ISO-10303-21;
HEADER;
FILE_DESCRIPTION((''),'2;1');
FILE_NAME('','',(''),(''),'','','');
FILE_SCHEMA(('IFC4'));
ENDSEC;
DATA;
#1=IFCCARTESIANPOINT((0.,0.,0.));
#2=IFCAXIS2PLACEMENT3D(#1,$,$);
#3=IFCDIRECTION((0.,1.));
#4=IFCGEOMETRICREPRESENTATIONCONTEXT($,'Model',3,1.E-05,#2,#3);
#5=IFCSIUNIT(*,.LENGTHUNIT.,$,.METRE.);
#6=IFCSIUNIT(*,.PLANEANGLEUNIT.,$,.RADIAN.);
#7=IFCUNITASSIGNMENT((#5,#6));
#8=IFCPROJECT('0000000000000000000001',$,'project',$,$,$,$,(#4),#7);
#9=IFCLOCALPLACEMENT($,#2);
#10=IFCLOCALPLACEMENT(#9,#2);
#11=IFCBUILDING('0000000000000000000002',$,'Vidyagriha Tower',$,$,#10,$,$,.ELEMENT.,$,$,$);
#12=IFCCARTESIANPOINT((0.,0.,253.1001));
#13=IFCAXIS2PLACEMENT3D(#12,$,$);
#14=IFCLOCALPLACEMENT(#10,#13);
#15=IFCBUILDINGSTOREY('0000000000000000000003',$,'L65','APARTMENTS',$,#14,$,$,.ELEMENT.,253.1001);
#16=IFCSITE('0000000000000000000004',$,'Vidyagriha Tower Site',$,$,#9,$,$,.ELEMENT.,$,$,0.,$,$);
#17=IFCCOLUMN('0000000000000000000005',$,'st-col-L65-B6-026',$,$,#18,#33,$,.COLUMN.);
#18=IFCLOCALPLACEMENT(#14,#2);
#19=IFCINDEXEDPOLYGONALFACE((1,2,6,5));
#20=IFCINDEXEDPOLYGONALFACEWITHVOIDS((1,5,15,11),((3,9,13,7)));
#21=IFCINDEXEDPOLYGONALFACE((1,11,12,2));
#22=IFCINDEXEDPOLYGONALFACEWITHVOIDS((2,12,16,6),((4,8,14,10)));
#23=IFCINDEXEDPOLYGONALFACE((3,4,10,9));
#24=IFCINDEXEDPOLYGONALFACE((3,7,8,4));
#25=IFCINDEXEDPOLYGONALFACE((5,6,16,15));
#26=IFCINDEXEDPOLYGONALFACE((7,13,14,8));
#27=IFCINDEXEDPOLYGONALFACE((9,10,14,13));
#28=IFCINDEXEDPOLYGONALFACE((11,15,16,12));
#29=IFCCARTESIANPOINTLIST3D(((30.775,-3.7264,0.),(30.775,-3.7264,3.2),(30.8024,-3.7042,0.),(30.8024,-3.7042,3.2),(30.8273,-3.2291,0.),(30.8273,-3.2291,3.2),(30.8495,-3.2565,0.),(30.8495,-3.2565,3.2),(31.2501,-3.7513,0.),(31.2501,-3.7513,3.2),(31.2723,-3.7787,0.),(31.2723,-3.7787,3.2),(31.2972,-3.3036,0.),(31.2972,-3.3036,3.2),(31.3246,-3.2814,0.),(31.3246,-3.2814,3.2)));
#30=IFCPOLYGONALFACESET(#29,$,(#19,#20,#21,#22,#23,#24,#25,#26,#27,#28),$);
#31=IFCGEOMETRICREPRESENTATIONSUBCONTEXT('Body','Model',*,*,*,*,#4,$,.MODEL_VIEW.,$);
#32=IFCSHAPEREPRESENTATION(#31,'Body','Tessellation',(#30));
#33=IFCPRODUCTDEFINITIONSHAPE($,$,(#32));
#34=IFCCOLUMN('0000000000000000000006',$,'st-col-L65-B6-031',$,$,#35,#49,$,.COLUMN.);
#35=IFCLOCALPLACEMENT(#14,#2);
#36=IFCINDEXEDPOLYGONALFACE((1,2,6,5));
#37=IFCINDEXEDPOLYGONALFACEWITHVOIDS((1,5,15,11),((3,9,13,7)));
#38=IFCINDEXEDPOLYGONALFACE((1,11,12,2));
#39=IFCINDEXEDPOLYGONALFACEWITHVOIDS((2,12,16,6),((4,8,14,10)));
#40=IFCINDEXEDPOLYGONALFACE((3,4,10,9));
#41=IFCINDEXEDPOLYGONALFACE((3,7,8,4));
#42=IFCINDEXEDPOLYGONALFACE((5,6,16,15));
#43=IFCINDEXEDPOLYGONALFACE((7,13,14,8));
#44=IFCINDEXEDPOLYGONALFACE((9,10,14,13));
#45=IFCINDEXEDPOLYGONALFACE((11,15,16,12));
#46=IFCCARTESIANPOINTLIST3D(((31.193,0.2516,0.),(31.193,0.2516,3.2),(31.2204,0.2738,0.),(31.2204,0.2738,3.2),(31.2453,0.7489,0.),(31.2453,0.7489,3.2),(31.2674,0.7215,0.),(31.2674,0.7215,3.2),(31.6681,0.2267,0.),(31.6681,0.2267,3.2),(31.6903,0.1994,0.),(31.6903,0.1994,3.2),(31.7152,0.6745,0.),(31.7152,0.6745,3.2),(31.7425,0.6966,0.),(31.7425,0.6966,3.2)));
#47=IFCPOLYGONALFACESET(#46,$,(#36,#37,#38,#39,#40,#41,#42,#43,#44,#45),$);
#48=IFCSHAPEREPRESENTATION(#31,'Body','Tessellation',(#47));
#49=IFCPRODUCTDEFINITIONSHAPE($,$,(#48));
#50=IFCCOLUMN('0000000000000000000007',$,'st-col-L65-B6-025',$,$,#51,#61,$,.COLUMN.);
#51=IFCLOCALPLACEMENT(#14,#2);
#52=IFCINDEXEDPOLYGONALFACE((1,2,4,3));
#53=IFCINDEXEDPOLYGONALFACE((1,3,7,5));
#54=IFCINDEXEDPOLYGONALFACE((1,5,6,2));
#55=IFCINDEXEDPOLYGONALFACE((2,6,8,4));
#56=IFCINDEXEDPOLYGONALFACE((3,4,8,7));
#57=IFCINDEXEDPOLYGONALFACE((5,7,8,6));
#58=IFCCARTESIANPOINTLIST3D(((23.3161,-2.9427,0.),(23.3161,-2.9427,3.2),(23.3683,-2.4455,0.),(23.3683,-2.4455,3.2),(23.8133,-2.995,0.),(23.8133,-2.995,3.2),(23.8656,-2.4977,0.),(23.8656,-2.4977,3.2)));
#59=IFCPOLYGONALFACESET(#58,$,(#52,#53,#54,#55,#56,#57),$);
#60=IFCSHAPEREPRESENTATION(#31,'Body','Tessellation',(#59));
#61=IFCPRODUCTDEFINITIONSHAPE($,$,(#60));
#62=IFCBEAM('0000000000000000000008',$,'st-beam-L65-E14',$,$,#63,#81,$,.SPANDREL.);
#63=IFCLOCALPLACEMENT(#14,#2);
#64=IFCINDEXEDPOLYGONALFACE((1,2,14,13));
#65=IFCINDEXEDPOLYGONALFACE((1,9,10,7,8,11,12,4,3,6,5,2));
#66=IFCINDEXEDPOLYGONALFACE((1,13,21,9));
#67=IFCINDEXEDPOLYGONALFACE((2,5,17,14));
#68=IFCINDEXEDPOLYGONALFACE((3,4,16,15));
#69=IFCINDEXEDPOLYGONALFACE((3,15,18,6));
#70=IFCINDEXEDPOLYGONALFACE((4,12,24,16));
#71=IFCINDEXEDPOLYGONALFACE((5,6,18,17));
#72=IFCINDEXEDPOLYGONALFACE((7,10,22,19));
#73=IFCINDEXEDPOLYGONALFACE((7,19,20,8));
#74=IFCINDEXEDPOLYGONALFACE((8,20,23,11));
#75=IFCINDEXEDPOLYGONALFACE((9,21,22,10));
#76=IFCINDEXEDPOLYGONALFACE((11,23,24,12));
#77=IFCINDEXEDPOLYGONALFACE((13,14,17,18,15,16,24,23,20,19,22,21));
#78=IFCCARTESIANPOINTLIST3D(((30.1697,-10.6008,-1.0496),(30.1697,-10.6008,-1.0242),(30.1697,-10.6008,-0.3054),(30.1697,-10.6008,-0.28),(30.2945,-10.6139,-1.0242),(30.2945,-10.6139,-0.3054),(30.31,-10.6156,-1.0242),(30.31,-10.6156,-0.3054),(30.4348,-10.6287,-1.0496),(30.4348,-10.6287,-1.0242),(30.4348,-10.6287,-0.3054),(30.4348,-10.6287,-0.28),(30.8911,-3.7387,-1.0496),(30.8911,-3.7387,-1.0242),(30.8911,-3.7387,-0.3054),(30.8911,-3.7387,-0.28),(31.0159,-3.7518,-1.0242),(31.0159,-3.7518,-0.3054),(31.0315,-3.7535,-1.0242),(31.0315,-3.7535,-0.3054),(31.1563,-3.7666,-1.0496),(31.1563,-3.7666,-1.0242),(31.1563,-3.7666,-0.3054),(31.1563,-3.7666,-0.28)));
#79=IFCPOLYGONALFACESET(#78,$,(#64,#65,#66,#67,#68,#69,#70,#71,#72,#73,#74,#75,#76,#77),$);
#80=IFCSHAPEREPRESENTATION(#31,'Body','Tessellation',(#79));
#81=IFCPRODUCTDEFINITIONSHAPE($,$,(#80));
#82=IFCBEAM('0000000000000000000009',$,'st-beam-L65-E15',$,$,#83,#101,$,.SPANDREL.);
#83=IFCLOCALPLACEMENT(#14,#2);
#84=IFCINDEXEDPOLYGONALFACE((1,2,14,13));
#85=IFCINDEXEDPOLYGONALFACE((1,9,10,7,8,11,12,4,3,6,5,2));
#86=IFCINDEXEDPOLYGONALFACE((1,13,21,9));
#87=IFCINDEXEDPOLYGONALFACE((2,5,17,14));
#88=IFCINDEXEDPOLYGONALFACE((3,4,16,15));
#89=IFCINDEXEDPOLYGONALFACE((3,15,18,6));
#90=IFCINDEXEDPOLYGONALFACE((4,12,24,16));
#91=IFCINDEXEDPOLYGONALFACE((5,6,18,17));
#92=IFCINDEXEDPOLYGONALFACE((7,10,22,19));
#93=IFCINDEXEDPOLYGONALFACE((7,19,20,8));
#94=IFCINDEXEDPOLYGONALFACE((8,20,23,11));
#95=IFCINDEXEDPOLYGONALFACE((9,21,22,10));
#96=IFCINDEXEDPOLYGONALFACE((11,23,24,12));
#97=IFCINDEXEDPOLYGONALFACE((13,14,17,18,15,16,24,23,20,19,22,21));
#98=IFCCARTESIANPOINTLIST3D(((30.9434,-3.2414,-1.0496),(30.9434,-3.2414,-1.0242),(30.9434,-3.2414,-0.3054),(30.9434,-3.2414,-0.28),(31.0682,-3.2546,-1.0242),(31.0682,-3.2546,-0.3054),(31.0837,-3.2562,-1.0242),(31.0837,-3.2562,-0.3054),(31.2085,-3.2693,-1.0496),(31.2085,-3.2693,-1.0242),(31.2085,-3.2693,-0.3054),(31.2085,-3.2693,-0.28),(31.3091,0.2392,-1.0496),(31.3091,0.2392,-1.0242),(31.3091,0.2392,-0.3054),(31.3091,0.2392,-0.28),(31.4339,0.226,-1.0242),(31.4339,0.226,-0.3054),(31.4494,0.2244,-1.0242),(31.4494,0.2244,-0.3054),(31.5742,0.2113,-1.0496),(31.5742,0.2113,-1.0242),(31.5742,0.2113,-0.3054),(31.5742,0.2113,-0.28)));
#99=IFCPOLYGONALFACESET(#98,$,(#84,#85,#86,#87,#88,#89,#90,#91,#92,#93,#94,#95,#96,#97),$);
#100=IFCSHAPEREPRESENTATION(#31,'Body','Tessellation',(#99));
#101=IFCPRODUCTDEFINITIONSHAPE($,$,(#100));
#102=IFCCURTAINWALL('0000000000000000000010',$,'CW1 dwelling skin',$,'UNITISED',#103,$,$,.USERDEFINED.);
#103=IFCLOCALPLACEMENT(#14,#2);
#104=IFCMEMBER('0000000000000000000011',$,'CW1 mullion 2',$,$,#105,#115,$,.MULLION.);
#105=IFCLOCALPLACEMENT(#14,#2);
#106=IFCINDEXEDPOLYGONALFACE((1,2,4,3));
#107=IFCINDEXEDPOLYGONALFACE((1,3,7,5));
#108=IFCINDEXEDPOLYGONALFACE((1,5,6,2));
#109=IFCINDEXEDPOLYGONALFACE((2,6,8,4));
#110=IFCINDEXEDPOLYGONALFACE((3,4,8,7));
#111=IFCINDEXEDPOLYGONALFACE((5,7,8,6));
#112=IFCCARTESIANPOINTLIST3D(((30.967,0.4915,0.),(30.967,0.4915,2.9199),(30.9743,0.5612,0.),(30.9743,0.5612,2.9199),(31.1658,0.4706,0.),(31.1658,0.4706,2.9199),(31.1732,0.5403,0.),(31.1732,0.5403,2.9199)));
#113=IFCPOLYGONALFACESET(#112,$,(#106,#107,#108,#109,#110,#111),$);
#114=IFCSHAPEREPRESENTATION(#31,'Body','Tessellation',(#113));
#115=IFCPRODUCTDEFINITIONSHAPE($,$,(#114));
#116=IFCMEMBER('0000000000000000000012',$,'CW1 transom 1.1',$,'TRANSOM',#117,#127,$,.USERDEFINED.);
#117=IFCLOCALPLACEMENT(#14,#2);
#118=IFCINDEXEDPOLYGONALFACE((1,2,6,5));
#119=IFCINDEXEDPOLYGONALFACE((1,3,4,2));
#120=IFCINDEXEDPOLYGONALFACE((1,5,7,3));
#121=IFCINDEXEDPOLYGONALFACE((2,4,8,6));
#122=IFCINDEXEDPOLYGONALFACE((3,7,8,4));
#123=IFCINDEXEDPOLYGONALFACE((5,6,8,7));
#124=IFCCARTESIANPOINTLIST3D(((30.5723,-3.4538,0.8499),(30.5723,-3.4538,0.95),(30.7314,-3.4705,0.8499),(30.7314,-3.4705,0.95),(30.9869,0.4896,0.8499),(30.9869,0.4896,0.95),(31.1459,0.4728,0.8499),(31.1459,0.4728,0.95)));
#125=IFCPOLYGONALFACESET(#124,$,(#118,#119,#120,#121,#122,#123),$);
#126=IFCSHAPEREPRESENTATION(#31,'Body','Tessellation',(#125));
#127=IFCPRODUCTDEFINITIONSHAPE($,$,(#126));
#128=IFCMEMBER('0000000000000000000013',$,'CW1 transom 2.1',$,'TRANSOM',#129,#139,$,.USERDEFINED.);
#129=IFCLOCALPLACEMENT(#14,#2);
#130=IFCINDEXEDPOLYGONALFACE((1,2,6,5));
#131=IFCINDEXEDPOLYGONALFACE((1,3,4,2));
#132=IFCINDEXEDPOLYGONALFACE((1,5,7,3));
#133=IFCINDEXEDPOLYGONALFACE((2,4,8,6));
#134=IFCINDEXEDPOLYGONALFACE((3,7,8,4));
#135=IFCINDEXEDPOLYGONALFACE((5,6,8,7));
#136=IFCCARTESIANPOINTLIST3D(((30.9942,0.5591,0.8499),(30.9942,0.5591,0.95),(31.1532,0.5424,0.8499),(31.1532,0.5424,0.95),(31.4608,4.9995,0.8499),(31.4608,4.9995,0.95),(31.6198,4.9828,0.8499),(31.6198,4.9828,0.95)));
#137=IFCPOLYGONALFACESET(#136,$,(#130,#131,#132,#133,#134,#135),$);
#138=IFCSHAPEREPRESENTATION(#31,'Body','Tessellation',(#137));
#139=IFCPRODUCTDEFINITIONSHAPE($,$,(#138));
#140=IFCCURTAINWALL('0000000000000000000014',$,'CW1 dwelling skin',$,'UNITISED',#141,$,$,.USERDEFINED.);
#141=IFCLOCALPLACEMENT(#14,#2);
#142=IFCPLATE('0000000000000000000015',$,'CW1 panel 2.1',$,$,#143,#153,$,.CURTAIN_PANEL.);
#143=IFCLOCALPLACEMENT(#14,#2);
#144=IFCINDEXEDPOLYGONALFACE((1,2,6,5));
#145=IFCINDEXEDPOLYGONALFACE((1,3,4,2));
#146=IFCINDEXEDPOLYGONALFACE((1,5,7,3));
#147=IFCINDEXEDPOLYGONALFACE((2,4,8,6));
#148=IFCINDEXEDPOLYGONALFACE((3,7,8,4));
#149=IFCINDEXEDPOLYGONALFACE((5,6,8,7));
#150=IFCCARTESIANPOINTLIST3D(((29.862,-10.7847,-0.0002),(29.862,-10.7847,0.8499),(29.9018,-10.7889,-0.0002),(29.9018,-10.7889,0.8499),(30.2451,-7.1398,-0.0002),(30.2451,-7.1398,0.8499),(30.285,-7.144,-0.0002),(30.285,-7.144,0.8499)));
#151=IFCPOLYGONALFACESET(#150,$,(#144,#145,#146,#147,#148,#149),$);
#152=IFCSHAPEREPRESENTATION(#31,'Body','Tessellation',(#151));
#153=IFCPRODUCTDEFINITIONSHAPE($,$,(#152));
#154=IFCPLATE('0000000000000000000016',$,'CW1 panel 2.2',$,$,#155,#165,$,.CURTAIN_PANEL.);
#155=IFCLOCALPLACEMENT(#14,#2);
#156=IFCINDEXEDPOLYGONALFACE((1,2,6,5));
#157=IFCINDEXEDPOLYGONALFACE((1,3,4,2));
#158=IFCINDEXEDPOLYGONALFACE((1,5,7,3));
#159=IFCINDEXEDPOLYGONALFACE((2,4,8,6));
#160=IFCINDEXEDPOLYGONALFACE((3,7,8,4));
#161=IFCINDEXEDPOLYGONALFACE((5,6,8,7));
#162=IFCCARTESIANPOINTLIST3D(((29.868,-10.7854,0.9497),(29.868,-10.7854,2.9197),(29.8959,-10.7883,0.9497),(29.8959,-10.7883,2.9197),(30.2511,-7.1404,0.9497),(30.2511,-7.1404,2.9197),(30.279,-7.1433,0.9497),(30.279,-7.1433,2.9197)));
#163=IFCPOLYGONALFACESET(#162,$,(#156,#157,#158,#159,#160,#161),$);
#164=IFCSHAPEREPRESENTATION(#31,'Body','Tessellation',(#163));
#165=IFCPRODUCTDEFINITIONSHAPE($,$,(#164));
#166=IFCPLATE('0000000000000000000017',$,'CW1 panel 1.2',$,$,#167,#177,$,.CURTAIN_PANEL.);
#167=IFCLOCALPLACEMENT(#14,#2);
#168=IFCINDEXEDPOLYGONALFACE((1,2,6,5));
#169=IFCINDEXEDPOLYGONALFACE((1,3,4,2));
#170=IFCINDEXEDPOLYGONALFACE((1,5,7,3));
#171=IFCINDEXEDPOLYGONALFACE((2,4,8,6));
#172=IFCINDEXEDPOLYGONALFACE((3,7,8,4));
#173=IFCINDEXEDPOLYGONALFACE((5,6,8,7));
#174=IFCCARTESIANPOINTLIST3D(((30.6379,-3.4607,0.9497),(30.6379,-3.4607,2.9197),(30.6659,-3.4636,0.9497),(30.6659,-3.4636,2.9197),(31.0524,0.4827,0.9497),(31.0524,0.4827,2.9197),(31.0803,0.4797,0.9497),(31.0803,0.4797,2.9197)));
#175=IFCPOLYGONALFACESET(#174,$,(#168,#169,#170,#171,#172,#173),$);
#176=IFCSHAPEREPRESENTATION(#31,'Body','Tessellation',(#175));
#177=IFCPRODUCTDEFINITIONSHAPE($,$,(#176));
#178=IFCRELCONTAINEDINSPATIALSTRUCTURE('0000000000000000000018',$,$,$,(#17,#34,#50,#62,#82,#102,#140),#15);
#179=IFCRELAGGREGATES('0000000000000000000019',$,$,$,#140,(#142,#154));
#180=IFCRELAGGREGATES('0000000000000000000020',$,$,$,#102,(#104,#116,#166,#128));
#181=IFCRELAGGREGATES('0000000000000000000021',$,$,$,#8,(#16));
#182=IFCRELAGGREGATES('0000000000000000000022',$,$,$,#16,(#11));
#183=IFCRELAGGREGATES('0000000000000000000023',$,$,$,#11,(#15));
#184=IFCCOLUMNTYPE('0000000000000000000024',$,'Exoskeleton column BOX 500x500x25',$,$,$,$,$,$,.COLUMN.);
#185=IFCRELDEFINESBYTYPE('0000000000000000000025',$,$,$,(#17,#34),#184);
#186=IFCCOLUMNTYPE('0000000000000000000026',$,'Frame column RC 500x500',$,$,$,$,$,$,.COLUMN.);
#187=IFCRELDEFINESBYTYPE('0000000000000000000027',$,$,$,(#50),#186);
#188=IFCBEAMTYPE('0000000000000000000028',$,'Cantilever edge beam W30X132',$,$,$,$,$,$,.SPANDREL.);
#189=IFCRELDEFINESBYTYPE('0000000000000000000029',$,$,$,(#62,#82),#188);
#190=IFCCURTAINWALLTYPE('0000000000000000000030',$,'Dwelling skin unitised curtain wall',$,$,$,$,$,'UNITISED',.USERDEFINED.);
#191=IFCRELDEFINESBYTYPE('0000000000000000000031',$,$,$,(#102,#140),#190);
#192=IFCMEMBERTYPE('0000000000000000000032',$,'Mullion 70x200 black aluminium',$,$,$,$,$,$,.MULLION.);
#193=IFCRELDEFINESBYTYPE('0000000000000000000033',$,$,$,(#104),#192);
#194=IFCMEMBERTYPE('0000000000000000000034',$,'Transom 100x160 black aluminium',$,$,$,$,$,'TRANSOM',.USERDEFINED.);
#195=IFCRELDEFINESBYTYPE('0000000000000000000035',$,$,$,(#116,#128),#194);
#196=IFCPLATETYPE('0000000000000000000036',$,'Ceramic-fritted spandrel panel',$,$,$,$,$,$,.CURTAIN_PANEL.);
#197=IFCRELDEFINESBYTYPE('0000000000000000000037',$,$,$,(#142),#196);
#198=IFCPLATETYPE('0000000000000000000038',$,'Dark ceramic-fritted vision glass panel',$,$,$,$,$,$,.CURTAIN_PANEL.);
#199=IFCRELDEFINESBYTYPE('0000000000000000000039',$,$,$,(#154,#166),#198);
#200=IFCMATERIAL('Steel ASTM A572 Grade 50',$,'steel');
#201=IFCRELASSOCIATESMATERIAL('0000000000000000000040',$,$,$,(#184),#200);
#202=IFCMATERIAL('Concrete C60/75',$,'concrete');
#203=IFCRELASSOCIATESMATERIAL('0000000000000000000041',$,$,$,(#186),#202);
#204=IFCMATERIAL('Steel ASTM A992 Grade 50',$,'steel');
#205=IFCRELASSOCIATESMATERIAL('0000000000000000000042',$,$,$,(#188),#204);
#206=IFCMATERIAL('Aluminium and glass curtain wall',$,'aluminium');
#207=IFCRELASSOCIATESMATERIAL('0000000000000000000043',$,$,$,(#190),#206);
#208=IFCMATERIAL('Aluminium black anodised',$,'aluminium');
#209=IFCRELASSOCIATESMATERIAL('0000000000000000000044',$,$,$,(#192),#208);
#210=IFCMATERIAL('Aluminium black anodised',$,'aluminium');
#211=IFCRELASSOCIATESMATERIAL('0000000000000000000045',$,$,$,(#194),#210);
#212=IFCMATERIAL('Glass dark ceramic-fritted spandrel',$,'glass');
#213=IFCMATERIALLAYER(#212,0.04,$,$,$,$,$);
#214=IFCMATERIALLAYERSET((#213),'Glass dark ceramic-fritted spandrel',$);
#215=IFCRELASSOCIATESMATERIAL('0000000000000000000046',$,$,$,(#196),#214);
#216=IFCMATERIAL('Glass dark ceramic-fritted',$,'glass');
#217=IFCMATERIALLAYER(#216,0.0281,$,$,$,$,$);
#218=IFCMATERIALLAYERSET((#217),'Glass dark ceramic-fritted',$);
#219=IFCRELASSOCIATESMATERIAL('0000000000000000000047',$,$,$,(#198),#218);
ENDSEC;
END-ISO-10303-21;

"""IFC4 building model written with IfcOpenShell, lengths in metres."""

from ifc_helpers import new_model, si_unit, direction, frame, origin, origin_2d, place, context, subcontext, project, spatial, rectangle, hollow_rectangle, i_section, extrude, material, layer, layer_set, material_profile, profile_set, type_object, element, aggregate, save


model = new_model("IFC4")

# Units and contexts
model_context = context("Model", 3, precision=1e-05, world=origin(), true_north=direction((0.0, 1.0)))
body_context = subcontext(model_context, "Body", "Model", "MODEL_VIEW")
ifc_project = project(units=[si_unit("LENGTHUNIT", "METRE"), si_unit("PLANEANGLEUNIT", "RADIAN")], contexts=[model_context])

# Site, building, storey
site_placement = place(None, origin())
site = spatial("IfcSite", under=ifc_project, at=site_placement, Name="Vidyagriha Tower Site", CompositionType="ELEMENT", RefElevation=0.0)
building_placement = place(site_placement, origin())
building = spatial("IfcBuilding", under=site, at=building_placement, Name="Vidyagriha Tower", CompositionType="ELEMENT")
storey_placement = place(building_placement, frame((0.0, 0.0, 253.1001)))
storey = spatial("IfcBuildingStorey", under=building, at=storey_placement, Name="L65", Description="APARTMENTS", CompositionType="ELEMENT", Elevation=253.1001)

# Columns
ifc_material_1 = material(Name="Steel ASTM A572 Grade 50", Category="steel")
ifc_material_profile_1 = material_profile(ifc_material_1, hollow_rectangle(XDim=0.5, YDim=0.5, WallThickness=0.0249, at=origin_2d()), Name="BOX 500x500x25")
ifc_profile_set_1 = profile_set([ifc_material_profile_1], Name="Steel ASTM A572 Grade 50")
column_type_1 = type_object("IfcColumnType", Name="Exoskeleton column BOX 500x500x25", PredefinedType="COLUMN", material=ifc_profile_set_1)
for number, where, z_axis, x_axis, name in (
    (1, (31.0498, -3.5039, 0.0), (0.0, 0.0, 1.0), (0.994522, -0.104528, 0.0), "st-col-L65-B6-026"),
    (2, (31.4678, 0.4741, 0.0), (0.0, 0.0, 1.0), (0.994522, -0.104528, 0.0), "st-col-L65-B6-031"),
):
    element("IfcColumn", number, at=place(storey_placement, frame(where, z_axis=z_axis, x_axis=x_axis)), inside=storey, type_object=column_type_1, Name=name, PredefinedType="COLUMN", context=body_context, shape_type="SweptSolid", body=[
        extrude(hollow_rectangle(XDim=0.5, YDim=0.5, WallThickness=0.0249, at=origin_2d()), origin(), (0.0, 0.0, 1.0), 3.2),
    ])
ifc_material_2 = material(Name="Concrete C60/75", Category="concrete")
ifc_material_profile_2 = material_profile(ifc_material_2, rectangle(XDim=0.5, YDim=0.5, at=origin_2d()), Name="RC 500x500")
ifc_profile_set_2 = profile_set([ifc_material_profile_2], Name="Concrete C60/75")
column_type_2 = type_object("IfcColumnType", Name="Frame column RC 500x500", PredefinedType="COLUMN", material=ifc_profile_set_2)
column_placement = place(storey_placement, frame((23.5908, -2.7202, 0.0), z_axis=(0.0, 0.0, 1.0), x_axis=(0.994522, -0.104528, 0.0)))
element("IfcColumn", 3, at=column_placement, inside=storey, type_object=column_type_2, Name="st-col-L65-B6-025", PredefinedType="COLUMN", context=body_context, shape_type="SweptSolid", body=[
    extrude(rectangle(XDim=0.5, YDim=0.5, at=origin_2d()), origin(), (0.0, 0.0, 1.0), 3.2),
])

# Beams
ifc_material_3 = material(Name="Steel ASTM A992 Grade 50", Category="steel")
ifc_material_profile_3 = material_profile(ifc_material_3, i_section(OverallWidth=0.2666, OverallDepth=0.7695, WebThickness=0.0156, FlangeThickness=0.0254, at=origin_2d()), Name="W30X132")
ifc_profile_set_3 = profile_set([ifc_material_profile_3], Name="Steel ASTM A992 Grade 50")
beam_type = type_object("IfcBeamType", Name="Cantilever edge beam W30X132", PredefinedType="SPANDREL", material=ifc_profile_set_3)
beam_1_placement = place(storey_placement, frame((30.3022, -10.6147, -0.6648), z_axis=(0.104558, 0.994519, 0.0), x_axis=(-0.994519, 0.104558, 0.0)))
element("IfcBeam", 4, at=beam_1_placement, inside=storey, type_object=beam_type, Name="st-beam-L65-E14", PredefinedType="SPANDREL", context=body_context, shape_type="SweptSolid", body=[
    extrude(i_section(OverallWidth=0.2666, OverallDepth=0.7695, WebThickness=0.0156, FlangeThickness=0.0254, at=origin_2d()), origin(), (0.0, 0.0, 1.0), 6.8999),
])
beam_2_placement = place(storey_placement, frame((31.0759, -3.2554, -0.6648), z_axis=(0.104496, 0.994525, 0.0), x_axis=(-0.994525, 0.104496, 0.0)))
element("IfcBeam", 5, at=beam_2_placement, inside=storey, type_object=beam_type, Name="st-beam-L65-E15", PredefinedType="SPANDREL", context=body_context, shape_type="SweptSolid", body=[
    extrude(i_section(OverallWidth=0.2666, OverallDepth=0.7695, WebThickness=0.0156, FlangeThickness=0.0254, at=origin_2d()), origin(), (0.0, 0.0, 1.0), 3.4998),
])

# Curtain wall, members
ifc_material_4 = material(Name="Aluminium and glass curtain wall", Category="aluminium")
curtain_wall_type = type_object("IfcCurtainWallType", Name="Dwelling skin unitised curtain wall", ElementType="UNITISED", PredefinedType="USERDEFINED", material=ifc_material_4)
curtain_wall_1_placement = place(storey_placement, origin())
curtain_wall_1 = element("IfcCurtainWall", 6, at=curtain_wall_1_placement, inside=storey, type_object=curtain_wall_type, Name="CW1 dwelling skin", ObjectType="UNITISED", PredefinedType="USERDEFINED")
ifc_material_5 = material(Name="Aluminium black anodised", Category="aluminium")
ifc_material_profile_4 = material_profile(ifc_material_5, rectangle(XDim=0.2, YDim=0.0701, at=origin_2d()), Name="Mullion 70x200 black aluminium")
ifc_profile_set_4 = profile_set([ifc_material_profile_4], Name="Aluminium black anodised")
member_type_1 = type_object("IfcMemberType", Name="Mullion 70x200 black aluminium", PredefinedType="MULLION", material=ifc_profile_set_4)
member_1_placement = place(storey_placement, frame((31.0701, 0.5159, 0.0), z_axis=(0.0, 0.0, 1.0), x_axis=(-0.994522, 0.10453, 0.0)))
member_1 = element("IfcMember", 7, at=member_1_placement, type_object=member_type_1, Name="CW1 mullion 2", PredefinedType="MULLION", context=body_context, shape_type="SweptSolid", body=[
    extrude(rectangle(XDim=0.2, YDim=0.0701, at=origin_2d()), origin(), (0.0, 0.0, 1.0), 2.9199),
])
ifc_material_6 = material(Name="Aluminium black anodised", Category="aluminium")
ifc_material_profile_5 = material_profile(ifc_material_6, rectangle(XDim=0.1599, YDim=0.1001, at=origin_2d()), Name="Transom 100x160 black aluminium")
ifc_profile_set_5 = profile_set([ifc_material_profile_5], Name="Aluminium black anodised")
member_type_2 = type_object("IfcMemberType", Name="Transom 100x160 black aluminium", ElementType="TRANSOM", PredefinedType="USERDEFINED", material=ifc_profile_set_5)
member_2_placement = place(storey_placement, frame((30.6519, -3.4622, 0.8999), z_axis=(0.10455, 0.99452, 0.0), x_axis=(-0.99452, 0.10455, 0.0)))
member_2 = element("IfcMember", 8, at=member_2_placement, type_object=member_type_2, Name="CW1 transom 1.1", ObjectType="TRANSOM", PredefinedType="USERDEFINED", context=body_context, shape_type="SweptSolid", body=[
    extrude(rectangle(XDim=0.1599, YDim=0.1001, at=origin_2d()), origin(), (0.0, 0.0, 1.0), 3.9651),
])
member_3_placement = place(storey_placement, frame((31.0737, 0.5508, 0.8999), z_axis=(0.104494, 0.994526, 0.0), x_axis=(-0.994526, 0.104494, 0.0)))
member_3 = element("IfcMember", 9, at=member_3_placement, type_object=member_type_2, Name="CW1 transom 2.1", ObjectType="TRANSOM", PredefinedType="USERDEFINED", context=body_context, shape_type="SweptSolid", body=[
    extrude(rectangle(XDim=0.1599, YDim=0.1001, at=origin_2d()), origin(), (0.0, 0.0, 1.0), 4.4648),
])

# Curtain wall, plates
curtain_wall_2_placement = place(storey_placement, origin())
curtain_wall_2 = element("IfcCurtainWall", 10, at=curtain_wall_2_placement, inside=storey, type_object=curtain_wall_type, Name="CW1 dwelling skin", ObjectType="UNITISED", PredefinedType="USERDEFINED")
ifc_material_7 = material(Name="Glass dark ceramic-fritted spandrel", Category="glass")
ifc_layer_1 = layer(ifc_material_7, 0.04)
ifc_layer_set_1 = layer_set([ifc_layer_1], Name="Glass dark ceramic-fritted spandrel")
plate_type_1 = type_object("IfcPlateType", Name="Ceramic-fritted spandrel panel", PredefinedType="CURTAIN_PANEL", material=ifc_layer_set_1)
plate_1_placement = place(storey_placement, frame((30.0735, -8.9644, -0.0002), z_axis=(0.0, 0.0, 1.0), x_axis=(0.104533, 0.994521, 0.0)))
plate_1 = element("IfcPlate", 11, at=plate_1_placement, type_object=plate_type_1, Name="CW1 panel 2.1", PredefinedType="CURTAIN_PANEL", context=body_context, shape_type="SweptSolid", body=[
    extrude(rectangle(XDim=3.665, YDim=0.04, at=origin_2d()), origin(), (0.0, 0.0, 1.0), 0.8501),
])
ifc_material_8 = material(Name="Glass dark ceramic-fritted", Category="glass")
ifc_layer_2 = layer(ifc_material_8, 0.0281)
ifc_layer_set_2 = layer_set([ifc_layer_2], Name="Glass dark ceramic-fritted")
plate_type_2 = type_object("IfcPlateType", Name="Dark ceramic-fritted vision glass panel", PredefinedType="CURTAIN_PANEL", material=ifc_layer_set_2)
plate_2_placement = place(storey_placement, frame((30.0735, -8.9644, 0.9497), z_axis=(0.0, 0.0, 1.0), x_axis=(0.104533, 0.994521, 0.0)))
plate_2 = element("IfcPlate", 12, at=plate_2_placement, type_object=plate_type_2, Name="CW1 panel 2.2", PredefinedType="CURTAIN_PANEL", context=body_context, shape_type="SweptSolid", body=[
    extrude(rectangle(XDim=3.665, YDim=0.0281, at=origin_2d()), origin(), (0.0, 0.0, 1.0), 1.97),
])
aggregate(curtain_wall_2, [plate_1, plate_2])

# Plate
plate_3_placement = place(storey_placement, frame((30.8591, -1.4905, 0.9497), z_axis=(0.0, 0.0, 1.0), x_axis=(0.10453, 0.994522, 0.0)))
plate_3 = element("IfcPlate", 13, at=plate_3_placement, type_object=plate_type_2, Name="CW1 panel 1.2", PredefinedType="CURTAIN_PANEL", context=body_context, shape_type="SweptSolid", body=[
    extrude(rectangle(XDim=3.9651, YDim=0.0281, at=origin_2d()), origin(), (0.0, 0.0, 1.0), 1.97),
])
aggregate(curtain_wall_1, [member_1, member_2, plate_3, member_3])

save(model, "model.ifc")
